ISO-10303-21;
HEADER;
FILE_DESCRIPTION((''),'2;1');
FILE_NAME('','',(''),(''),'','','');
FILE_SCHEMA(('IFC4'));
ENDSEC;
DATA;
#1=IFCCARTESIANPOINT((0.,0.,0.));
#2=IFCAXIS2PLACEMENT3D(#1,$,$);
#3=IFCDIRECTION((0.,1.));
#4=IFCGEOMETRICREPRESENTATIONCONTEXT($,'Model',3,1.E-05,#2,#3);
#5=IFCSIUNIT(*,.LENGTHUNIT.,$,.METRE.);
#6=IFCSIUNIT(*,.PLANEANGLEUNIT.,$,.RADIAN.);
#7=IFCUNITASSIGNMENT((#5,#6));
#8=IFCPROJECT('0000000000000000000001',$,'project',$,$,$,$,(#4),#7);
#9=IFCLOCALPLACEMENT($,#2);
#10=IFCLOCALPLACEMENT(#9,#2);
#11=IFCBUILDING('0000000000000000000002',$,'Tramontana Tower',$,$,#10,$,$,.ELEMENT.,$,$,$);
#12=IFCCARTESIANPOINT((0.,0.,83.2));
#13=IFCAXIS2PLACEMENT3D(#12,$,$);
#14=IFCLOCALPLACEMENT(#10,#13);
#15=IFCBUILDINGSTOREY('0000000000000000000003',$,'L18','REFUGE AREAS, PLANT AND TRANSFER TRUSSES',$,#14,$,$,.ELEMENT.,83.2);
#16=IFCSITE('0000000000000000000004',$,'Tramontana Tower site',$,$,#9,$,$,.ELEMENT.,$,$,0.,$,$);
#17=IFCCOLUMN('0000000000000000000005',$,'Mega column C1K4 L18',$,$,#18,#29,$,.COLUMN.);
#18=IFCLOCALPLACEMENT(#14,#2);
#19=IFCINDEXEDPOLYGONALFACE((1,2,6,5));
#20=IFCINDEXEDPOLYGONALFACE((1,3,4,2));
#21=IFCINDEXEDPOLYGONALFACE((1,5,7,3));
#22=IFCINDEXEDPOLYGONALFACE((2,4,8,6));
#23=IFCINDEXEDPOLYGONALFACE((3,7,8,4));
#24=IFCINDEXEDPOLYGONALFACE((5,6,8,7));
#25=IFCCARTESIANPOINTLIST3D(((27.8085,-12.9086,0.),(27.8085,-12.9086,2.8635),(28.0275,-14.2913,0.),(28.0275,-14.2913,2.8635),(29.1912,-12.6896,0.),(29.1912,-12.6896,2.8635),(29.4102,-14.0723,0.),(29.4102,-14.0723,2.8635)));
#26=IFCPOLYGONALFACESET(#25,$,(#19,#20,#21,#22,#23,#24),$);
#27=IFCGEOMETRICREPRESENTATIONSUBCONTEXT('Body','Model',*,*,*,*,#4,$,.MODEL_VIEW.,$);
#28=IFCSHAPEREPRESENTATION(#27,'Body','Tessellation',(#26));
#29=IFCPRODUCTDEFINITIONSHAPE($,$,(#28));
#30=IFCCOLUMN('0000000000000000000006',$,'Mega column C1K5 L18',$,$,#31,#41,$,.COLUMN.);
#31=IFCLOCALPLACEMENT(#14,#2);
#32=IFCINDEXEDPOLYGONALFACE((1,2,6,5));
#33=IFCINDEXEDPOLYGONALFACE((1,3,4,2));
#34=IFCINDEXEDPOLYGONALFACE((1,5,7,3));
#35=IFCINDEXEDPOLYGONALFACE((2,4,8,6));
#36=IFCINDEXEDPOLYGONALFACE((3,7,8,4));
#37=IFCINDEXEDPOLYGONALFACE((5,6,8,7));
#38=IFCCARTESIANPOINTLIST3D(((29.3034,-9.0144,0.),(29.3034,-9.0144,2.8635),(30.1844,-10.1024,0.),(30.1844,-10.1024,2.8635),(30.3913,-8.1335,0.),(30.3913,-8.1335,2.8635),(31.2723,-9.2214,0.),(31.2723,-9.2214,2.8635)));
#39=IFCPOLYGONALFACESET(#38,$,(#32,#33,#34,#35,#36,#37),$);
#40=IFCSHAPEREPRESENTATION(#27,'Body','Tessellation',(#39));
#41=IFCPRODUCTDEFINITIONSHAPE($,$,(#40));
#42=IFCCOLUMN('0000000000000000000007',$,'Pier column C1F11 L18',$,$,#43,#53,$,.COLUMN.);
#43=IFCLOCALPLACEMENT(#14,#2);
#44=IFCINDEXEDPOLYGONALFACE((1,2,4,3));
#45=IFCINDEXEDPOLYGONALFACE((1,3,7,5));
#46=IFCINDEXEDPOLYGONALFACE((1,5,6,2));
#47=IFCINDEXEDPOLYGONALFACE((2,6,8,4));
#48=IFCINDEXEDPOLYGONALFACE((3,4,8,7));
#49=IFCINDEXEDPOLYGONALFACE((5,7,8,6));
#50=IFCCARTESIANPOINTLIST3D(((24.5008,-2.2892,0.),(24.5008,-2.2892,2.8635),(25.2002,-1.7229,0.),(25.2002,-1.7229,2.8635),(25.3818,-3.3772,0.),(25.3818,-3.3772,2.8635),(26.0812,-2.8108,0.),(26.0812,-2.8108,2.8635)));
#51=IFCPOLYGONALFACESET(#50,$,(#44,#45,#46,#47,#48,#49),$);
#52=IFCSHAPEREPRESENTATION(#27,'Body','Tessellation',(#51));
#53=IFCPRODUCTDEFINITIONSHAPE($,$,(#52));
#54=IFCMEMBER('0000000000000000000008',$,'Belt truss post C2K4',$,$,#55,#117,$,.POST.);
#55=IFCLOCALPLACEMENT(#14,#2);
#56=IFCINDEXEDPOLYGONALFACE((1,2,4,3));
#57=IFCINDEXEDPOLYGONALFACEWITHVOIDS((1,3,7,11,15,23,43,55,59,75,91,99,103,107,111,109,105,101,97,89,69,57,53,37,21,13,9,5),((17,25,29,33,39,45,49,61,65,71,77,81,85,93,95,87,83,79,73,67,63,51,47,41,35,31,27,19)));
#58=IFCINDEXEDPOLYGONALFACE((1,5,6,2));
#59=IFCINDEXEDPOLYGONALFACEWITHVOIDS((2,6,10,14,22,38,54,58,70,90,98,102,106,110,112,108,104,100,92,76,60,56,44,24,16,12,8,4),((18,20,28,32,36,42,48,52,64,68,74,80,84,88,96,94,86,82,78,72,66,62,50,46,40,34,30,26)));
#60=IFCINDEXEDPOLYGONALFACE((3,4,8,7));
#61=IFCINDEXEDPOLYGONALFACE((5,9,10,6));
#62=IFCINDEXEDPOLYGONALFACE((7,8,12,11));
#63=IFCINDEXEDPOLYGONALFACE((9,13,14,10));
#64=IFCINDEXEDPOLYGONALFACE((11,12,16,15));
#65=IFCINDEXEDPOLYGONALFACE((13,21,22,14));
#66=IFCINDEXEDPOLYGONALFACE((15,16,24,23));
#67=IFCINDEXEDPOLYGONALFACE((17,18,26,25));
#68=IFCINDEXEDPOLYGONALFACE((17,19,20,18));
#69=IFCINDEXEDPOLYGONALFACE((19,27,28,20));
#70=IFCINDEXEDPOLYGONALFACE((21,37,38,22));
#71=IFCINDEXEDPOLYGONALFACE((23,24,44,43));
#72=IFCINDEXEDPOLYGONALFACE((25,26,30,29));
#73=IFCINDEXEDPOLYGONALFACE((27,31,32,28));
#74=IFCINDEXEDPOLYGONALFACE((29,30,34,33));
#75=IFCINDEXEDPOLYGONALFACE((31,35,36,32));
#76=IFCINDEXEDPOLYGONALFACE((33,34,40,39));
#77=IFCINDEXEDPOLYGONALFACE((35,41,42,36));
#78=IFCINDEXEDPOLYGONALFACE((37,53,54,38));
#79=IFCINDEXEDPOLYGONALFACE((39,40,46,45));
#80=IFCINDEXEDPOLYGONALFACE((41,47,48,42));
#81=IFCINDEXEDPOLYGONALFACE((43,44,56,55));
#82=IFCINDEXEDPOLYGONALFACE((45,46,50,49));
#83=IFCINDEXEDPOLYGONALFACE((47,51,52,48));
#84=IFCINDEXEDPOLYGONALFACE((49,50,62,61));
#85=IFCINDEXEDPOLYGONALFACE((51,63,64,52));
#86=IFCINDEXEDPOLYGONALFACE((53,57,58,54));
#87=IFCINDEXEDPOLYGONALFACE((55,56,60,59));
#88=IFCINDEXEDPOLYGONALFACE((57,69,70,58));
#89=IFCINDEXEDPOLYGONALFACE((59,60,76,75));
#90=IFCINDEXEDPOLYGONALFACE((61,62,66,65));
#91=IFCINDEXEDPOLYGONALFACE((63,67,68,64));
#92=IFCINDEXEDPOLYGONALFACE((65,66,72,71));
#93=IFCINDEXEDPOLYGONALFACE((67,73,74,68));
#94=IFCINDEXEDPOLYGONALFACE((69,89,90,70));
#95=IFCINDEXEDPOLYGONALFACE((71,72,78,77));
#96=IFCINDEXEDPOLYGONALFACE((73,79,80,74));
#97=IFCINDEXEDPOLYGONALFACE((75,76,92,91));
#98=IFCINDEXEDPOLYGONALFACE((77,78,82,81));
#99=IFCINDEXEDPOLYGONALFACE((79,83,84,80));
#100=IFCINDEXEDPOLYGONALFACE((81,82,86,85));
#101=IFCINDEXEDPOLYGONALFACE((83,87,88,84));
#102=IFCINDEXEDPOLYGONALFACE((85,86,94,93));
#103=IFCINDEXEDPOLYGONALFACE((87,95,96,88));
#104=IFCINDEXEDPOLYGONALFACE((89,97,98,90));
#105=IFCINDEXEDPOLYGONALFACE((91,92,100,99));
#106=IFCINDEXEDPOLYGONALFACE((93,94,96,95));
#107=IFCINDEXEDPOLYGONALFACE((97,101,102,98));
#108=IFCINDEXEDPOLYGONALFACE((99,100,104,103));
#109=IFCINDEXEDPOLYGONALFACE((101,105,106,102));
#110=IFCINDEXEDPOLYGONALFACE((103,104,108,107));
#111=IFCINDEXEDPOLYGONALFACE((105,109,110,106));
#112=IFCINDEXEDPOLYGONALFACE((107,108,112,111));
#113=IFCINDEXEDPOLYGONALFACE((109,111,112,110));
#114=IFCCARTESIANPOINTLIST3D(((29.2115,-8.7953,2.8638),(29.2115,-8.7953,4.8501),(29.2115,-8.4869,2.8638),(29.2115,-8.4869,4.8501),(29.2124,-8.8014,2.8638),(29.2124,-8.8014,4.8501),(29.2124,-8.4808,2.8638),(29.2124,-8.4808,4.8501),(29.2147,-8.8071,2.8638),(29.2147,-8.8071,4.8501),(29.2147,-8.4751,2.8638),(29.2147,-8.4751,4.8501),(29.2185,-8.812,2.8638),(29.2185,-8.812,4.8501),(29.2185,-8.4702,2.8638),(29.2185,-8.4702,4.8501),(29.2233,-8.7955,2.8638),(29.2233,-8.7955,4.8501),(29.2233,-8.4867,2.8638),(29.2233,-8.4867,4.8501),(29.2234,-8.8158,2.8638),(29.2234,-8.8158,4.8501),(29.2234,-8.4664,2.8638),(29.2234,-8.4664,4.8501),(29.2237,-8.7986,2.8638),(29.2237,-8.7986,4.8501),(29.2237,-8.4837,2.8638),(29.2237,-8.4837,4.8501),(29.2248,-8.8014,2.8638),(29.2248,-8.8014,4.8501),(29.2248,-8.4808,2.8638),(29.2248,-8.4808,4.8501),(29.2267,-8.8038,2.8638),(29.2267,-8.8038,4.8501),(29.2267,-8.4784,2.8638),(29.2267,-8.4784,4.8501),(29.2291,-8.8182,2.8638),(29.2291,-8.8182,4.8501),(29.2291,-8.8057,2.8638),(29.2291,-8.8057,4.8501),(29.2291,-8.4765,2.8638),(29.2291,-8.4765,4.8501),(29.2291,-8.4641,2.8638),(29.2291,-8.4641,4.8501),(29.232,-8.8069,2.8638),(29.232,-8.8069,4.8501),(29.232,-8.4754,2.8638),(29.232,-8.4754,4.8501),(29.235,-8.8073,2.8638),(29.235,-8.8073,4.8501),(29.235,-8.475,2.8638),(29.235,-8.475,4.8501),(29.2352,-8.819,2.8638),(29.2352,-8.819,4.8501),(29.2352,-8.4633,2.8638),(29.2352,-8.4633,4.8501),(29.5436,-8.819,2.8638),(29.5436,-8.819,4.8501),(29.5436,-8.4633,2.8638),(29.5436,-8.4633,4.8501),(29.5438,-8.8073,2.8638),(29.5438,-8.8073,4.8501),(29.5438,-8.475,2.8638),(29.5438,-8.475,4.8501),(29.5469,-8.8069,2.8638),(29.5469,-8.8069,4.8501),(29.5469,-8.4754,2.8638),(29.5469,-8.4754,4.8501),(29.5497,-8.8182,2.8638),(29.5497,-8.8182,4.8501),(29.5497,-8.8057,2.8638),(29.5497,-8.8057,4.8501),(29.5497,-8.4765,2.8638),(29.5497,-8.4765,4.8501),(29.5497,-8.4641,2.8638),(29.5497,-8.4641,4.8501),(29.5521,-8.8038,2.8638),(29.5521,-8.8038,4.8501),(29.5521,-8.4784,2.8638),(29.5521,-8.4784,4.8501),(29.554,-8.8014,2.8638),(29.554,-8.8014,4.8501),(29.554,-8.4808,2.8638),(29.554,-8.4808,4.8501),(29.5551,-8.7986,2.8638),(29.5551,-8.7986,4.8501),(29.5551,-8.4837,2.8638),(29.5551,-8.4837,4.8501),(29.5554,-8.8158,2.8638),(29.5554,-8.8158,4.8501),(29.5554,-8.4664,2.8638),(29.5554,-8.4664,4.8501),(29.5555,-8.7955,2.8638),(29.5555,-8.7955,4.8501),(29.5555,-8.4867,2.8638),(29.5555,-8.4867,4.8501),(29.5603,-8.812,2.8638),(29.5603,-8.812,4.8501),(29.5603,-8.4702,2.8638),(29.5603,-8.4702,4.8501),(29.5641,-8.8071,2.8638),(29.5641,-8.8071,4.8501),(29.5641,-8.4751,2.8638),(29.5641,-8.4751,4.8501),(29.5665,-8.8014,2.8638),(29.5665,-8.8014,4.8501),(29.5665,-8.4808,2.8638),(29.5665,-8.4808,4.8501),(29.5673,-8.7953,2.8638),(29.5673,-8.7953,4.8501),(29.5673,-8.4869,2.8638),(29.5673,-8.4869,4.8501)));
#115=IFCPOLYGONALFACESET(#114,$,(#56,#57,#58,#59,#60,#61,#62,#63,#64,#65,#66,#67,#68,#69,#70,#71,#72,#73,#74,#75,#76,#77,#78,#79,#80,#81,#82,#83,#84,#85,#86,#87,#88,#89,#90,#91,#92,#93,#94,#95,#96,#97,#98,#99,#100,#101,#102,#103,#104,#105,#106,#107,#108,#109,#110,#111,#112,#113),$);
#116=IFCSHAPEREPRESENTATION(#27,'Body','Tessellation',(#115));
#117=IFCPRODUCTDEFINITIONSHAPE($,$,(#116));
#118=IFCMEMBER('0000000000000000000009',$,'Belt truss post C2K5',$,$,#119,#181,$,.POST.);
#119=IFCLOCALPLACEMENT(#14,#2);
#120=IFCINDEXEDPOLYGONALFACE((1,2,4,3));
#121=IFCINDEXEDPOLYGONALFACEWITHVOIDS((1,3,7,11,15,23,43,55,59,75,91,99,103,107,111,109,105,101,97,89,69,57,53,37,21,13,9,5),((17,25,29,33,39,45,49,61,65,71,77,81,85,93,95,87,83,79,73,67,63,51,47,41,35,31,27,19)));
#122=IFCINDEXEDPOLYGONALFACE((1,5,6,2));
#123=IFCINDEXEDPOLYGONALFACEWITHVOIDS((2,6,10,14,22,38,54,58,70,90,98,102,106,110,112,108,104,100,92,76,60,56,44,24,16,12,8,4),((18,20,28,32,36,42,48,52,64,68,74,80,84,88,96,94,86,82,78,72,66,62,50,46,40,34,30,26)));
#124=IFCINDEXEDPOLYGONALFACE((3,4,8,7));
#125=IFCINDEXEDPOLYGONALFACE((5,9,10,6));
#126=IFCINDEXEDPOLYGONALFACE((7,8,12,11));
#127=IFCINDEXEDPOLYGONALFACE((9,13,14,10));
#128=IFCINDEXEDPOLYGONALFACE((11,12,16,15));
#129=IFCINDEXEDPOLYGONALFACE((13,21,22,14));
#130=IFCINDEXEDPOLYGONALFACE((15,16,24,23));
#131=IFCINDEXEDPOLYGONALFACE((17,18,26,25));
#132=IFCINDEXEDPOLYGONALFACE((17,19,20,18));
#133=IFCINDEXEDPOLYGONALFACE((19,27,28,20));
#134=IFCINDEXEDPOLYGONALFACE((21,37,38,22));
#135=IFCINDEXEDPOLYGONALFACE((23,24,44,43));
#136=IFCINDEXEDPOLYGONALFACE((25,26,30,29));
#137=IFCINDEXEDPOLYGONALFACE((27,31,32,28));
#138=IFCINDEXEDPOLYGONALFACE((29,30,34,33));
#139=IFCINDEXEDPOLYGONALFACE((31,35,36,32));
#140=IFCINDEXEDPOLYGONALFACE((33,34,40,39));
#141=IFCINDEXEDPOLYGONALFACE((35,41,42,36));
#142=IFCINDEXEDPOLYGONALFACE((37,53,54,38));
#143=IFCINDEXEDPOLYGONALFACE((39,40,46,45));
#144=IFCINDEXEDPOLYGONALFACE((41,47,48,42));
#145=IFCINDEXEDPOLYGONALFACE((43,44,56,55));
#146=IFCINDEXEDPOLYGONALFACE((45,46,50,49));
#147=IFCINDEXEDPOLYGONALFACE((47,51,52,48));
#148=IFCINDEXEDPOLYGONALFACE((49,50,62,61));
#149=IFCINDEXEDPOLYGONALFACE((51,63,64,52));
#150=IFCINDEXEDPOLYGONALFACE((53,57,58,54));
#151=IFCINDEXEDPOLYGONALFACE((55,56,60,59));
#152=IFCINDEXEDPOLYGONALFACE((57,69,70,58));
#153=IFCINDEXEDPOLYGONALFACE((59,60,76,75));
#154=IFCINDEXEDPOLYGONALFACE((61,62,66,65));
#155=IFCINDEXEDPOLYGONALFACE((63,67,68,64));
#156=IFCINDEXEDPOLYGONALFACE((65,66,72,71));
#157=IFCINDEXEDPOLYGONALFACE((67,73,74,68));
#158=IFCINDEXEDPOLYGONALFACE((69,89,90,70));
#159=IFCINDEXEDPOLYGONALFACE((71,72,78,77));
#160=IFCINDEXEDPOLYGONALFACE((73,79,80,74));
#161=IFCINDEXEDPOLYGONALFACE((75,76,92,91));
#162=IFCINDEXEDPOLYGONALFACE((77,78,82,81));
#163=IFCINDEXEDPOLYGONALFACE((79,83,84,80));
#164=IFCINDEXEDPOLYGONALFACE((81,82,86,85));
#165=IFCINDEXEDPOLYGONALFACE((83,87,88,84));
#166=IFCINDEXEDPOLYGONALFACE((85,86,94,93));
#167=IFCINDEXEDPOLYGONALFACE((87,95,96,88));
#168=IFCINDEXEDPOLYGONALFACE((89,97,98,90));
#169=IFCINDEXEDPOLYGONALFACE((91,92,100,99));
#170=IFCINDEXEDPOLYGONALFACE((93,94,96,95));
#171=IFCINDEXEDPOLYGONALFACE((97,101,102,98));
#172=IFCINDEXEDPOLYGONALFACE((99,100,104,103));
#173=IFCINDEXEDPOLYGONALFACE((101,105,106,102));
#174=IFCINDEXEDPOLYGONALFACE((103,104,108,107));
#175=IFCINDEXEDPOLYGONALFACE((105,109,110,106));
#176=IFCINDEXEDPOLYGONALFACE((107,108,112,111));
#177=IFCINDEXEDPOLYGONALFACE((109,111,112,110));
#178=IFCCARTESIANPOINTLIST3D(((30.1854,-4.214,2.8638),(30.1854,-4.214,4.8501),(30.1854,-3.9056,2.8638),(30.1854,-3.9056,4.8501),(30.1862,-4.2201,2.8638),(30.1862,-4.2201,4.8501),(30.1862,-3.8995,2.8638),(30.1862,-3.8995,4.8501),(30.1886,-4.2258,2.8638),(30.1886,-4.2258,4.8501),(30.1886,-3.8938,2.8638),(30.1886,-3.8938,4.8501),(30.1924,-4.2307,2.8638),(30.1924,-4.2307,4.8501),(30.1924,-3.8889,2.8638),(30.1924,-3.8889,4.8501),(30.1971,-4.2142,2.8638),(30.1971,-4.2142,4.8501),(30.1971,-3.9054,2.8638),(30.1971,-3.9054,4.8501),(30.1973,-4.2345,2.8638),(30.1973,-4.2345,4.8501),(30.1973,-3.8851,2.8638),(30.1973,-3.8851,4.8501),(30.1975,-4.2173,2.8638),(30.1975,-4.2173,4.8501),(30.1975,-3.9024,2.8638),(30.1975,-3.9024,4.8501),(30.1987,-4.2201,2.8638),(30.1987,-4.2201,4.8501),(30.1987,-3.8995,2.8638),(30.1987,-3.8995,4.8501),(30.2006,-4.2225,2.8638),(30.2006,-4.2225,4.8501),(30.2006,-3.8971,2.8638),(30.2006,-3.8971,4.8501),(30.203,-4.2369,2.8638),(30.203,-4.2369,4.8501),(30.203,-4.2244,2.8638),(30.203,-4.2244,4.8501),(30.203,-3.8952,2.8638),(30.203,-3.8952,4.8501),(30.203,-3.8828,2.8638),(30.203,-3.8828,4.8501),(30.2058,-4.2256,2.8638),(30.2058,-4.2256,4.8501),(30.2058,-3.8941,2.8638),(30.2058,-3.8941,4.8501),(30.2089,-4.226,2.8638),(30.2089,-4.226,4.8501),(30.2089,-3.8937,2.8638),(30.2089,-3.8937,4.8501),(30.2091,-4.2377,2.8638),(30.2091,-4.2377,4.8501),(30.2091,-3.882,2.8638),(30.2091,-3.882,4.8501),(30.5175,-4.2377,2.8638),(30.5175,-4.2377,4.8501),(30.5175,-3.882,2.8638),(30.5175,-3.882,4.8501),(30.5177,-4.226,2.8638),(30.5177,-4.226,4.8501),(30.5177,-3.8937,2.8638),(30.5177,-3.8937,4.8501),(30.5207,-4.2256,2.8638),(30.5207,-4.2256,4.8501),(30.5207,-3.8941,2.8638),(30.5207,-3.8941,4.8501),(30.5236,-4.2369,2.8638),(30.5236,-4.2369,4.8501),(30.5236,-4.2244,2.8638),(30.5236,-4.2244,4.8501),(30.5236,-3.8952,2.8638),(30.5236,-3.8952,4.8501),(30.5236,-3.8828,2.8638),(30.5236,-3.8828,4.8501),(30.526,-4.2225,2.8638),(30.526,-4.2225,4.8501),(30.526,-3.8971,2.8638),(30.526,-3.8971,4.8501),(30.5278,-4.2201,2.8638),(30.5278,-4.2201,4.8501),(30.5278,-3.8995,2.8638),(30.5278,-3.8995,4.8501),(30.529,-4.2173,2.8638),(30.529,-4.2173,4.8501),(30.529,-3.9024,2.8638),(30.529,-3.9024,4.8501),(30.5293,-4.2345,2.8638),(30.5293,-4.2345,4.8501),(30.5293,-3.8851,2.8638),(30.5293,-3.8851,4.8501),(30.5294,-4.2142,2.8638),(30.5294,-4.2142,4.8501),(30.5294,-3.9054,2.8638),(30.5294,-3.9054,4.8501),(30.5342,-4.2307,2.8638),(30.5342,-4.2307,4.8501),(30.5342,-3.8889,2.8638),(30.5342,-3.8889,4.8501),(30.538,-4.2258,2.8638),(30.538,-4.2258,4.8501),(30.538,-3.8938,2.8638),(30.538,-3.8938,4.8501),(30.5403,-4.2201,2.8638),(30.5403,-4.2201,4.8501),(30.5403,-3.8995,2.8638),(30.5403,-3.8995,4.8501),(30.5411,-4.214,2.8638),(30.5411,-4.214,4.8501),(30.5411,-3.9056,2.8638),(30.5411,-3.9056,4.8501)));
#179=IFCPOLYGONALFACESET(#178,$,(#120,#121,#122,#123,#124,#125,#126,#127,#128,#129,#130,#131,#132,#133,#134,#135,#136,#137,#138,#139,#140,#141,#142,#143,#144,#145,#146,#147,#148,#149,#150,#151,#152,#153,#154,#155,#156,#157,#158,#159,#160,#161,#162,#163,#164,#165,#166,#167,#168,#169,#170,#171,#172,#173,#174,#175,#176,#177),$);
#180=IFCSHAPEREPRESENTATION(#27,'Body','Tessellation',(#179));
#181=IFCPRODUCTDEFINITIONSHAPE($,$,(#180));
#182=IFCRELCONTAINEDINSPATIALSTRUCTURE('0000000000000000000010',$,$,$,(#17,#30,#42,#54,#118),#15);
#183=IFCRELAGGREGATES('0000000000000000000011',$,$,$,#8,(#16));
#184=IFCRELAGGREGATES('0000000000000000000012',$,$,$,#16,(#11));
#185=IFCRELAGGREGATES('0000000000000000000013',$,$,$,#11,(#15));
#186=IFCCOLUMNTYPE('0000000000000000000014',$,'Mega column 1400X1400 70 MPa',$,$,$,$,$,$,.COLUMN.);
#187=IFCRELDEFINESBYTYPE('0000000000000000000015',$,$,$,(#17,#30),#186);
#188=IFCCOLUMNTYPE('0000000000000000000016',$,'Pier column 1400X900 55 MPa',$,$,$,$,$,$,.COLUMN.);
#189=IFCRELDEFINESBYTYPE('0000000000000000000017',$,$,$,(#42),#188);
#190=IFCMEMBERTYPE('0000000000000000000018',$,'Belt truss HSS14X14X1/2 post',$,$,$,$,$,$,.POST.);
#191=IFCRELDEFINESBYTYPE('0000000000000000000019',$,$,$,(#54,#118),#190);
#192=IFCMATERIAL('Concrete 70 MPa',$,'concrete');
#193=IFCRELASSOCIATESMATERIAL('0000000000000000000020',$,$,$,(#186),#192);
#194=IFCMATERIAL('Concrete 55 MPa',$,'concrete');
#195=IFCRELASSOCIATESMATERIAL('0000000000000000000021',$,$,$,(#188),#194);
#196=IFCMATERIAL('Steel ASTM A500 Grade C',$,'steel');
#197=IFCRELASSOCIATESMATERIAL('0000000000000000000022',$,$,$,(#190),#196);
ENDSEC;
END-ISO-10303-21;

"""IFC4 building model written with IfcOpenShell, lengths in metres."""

from ifc_helpers import new_model, si_unit, direction, frame, origin, origin_2d, place, context, subcontext, project, spatial, rectangle, hollow_rectangle, extrude, material, material_profile, profile_set, type_object, element, save


model = new_model("IFC4")

# Units and contexts
model_context = context("Model", 3, precision=1e-05, world=origin(), true_north=direction((0.0, 1.0)))
body_context = subcontext(model_context, "Body", "Model", "MODEL_VIEW")
ifc_project = project(units=[si_unit("LENGTHUNIT", "METRE"), si_unit("PLANEANGLEUNIT", "RADIAN")], contexts=[model_context])

# Site, building, storey
site_placement = place(None, origin())
site = spatial("IfcSite", under=ifc_project, at=site_placement, Name="Tramontana Tower site", CompositionType="ELEMENT", RefElevation=0.0)
building_placement = place(site_placement, origin())
building = spatial("IfcBuilding", under=site, at=building_placement, Name="Tramontana Tower", CompositionType="ELEMENT")
storey_placement = place(building_placement, frame((0.0, 0.0, 83.2)))
storey = spatial("IfcBuildingStorey", under=building, at=storey_placement, Name="L18", Description="REFUGE AREAS, PLANT AND TRANSFER TRUSSES", CompositionType="ELEMENT", Elevation=83.2)

# Columns
ifc_material_1 = material(Name="Concrete 70 MPa", Category="concrete")
ifc_material_profile_1 = material_profile(ifc_material_1, rectangle(XDim=1.3999, YDim=1.3999, at=origin_2d()), Name="Mega column 1400X1400 70 MPa")
ifc_profile_set_1 = profile_set([ifc_material_profile_1], Name="Concrete 70 MPa")
column_type_1 = type_object("IfcColumnType", Name="Mega column 1400X1400 70 MPa", PredefinedType="COLUMN", material=ifc_profile_set_1)
for number, where, z_axis, x_axis, name in (
    (1, (28.6094, -13.4905, 0.0), (0.0, 0.0, 1.0), (0.987688, 0.156434, 0.0), "Mega column C1K4 L18"),
    (2, (30.2878, -9.1179, 0.0), (0.0, 0.0, 1.0), (-0.62932, 0.777146, 0.0), "Mega column C1K5 L18"),
):
    element("IfcColumn", number, at=place(storey_placement, frame(where, z_axis=z_axis, x_axis=x_axis)), inside=storey, type_object=column_type_1, Name=name, PredefinedType="COLUMN", context=body_context, shape_type="SweptSolid", body=[
        extrude(rectangle(XDim=1.3999, YDim=1.3999, at=origin_2d()), origin(), (0.0, 0.0, 1.0), 2.8635),
    ])
ifc_material_2 = material(Name="Concrete 55 MPa", Category="concrete")
ifc_material_profile_2 = material_profile(ifc_material_2, rectangle(XDim=1.3999, YDim=0.8999, at=origin_2d()), Name="Pier column 1400X900 55 MPa")
ifc_profile_set_2 = profile_set([ifc_material_profile_2], Name="Concrete 55 MPa")
column_type_2 = type_object("IfcColumnType", Name="Pier column 1400X900 55 MPa", PredefinedType="COLUMN", material=ifc_profile_set_2)
column_placement = place(storey_placement, frame((25.291, -2.55, 0.0), z_axis=(0.0, 0.0, 1.0), x_axis=(-0.62932, 0.777146, 0.0)))
element("IfcColumn", 3, at=column_placement, inside=storey, type_object=column_type_2, Name="Pier column C1F11 L18", PredefinedType="COLUMN", context=body_context, shape_type="SweptSolid", body=[
    extrude(rectangle(XDim=1.3999, YDim=0.8999, at=origin_2d()), origin(), (0.0, 0.0, 1.0), 2.8635),
])

# Members
ifc_material_3 = material(Name="Steel ASTM A500 Grade C", Category="steel")
ifc_material_profile_3 = material_profile(ifc_material_3, hollow_rectangle(XDim=0.3557, YDim=0.3557, WallThickness=0.0117, InnerFilletRadius=0.0117, OuterFilletRadius=0.0237, at=origin_2d()), Name="HSS14X14X1/2")
ifc_profile_set_3 = profile_set([ifc_material_profile_3], Name="Steel ASTM A500 Grade C")
member_type_1 = type_object("IfcMemberType", Name="Belt truss HSS14X14X1/2 post", PredefinedType="POST", material=ifc_profile_set_3)
for number, where, z_axis, x_axis, name in (
    (4, (29.3894, -8.6411, 2.8638), (0.0, 0.0, 1.0), (1.0, 0.0, 0.0), "Belt truss post C2K4"),
    (5, (30.3633, -4.0598, 2.8638), (0.0, 0.0, 1.0), (1.0, 0.0, 0.0), "Belt truss post C2K5"),
):
    element("IfcMember", number, at=place(storey_placement, frame(where, z_axis=z_axis, x_axis=x_axis)), inside=storey, type_object=member_type_1, Name=name, PredefinedType="POST", context=body_context, shape_type="SweptSolid", body=[
        extrude(hollow_rectangle(XDim=0.3557, YDim=0.3557, WallThickness=0.0117, InnerFilletRadius=0.0117, OuterFilletRadius=0.0237, at=origin_2d()), origin(), (0.0, 0.0, 1.0), 1.9863),
    ])

save(model, "model.ifc")
